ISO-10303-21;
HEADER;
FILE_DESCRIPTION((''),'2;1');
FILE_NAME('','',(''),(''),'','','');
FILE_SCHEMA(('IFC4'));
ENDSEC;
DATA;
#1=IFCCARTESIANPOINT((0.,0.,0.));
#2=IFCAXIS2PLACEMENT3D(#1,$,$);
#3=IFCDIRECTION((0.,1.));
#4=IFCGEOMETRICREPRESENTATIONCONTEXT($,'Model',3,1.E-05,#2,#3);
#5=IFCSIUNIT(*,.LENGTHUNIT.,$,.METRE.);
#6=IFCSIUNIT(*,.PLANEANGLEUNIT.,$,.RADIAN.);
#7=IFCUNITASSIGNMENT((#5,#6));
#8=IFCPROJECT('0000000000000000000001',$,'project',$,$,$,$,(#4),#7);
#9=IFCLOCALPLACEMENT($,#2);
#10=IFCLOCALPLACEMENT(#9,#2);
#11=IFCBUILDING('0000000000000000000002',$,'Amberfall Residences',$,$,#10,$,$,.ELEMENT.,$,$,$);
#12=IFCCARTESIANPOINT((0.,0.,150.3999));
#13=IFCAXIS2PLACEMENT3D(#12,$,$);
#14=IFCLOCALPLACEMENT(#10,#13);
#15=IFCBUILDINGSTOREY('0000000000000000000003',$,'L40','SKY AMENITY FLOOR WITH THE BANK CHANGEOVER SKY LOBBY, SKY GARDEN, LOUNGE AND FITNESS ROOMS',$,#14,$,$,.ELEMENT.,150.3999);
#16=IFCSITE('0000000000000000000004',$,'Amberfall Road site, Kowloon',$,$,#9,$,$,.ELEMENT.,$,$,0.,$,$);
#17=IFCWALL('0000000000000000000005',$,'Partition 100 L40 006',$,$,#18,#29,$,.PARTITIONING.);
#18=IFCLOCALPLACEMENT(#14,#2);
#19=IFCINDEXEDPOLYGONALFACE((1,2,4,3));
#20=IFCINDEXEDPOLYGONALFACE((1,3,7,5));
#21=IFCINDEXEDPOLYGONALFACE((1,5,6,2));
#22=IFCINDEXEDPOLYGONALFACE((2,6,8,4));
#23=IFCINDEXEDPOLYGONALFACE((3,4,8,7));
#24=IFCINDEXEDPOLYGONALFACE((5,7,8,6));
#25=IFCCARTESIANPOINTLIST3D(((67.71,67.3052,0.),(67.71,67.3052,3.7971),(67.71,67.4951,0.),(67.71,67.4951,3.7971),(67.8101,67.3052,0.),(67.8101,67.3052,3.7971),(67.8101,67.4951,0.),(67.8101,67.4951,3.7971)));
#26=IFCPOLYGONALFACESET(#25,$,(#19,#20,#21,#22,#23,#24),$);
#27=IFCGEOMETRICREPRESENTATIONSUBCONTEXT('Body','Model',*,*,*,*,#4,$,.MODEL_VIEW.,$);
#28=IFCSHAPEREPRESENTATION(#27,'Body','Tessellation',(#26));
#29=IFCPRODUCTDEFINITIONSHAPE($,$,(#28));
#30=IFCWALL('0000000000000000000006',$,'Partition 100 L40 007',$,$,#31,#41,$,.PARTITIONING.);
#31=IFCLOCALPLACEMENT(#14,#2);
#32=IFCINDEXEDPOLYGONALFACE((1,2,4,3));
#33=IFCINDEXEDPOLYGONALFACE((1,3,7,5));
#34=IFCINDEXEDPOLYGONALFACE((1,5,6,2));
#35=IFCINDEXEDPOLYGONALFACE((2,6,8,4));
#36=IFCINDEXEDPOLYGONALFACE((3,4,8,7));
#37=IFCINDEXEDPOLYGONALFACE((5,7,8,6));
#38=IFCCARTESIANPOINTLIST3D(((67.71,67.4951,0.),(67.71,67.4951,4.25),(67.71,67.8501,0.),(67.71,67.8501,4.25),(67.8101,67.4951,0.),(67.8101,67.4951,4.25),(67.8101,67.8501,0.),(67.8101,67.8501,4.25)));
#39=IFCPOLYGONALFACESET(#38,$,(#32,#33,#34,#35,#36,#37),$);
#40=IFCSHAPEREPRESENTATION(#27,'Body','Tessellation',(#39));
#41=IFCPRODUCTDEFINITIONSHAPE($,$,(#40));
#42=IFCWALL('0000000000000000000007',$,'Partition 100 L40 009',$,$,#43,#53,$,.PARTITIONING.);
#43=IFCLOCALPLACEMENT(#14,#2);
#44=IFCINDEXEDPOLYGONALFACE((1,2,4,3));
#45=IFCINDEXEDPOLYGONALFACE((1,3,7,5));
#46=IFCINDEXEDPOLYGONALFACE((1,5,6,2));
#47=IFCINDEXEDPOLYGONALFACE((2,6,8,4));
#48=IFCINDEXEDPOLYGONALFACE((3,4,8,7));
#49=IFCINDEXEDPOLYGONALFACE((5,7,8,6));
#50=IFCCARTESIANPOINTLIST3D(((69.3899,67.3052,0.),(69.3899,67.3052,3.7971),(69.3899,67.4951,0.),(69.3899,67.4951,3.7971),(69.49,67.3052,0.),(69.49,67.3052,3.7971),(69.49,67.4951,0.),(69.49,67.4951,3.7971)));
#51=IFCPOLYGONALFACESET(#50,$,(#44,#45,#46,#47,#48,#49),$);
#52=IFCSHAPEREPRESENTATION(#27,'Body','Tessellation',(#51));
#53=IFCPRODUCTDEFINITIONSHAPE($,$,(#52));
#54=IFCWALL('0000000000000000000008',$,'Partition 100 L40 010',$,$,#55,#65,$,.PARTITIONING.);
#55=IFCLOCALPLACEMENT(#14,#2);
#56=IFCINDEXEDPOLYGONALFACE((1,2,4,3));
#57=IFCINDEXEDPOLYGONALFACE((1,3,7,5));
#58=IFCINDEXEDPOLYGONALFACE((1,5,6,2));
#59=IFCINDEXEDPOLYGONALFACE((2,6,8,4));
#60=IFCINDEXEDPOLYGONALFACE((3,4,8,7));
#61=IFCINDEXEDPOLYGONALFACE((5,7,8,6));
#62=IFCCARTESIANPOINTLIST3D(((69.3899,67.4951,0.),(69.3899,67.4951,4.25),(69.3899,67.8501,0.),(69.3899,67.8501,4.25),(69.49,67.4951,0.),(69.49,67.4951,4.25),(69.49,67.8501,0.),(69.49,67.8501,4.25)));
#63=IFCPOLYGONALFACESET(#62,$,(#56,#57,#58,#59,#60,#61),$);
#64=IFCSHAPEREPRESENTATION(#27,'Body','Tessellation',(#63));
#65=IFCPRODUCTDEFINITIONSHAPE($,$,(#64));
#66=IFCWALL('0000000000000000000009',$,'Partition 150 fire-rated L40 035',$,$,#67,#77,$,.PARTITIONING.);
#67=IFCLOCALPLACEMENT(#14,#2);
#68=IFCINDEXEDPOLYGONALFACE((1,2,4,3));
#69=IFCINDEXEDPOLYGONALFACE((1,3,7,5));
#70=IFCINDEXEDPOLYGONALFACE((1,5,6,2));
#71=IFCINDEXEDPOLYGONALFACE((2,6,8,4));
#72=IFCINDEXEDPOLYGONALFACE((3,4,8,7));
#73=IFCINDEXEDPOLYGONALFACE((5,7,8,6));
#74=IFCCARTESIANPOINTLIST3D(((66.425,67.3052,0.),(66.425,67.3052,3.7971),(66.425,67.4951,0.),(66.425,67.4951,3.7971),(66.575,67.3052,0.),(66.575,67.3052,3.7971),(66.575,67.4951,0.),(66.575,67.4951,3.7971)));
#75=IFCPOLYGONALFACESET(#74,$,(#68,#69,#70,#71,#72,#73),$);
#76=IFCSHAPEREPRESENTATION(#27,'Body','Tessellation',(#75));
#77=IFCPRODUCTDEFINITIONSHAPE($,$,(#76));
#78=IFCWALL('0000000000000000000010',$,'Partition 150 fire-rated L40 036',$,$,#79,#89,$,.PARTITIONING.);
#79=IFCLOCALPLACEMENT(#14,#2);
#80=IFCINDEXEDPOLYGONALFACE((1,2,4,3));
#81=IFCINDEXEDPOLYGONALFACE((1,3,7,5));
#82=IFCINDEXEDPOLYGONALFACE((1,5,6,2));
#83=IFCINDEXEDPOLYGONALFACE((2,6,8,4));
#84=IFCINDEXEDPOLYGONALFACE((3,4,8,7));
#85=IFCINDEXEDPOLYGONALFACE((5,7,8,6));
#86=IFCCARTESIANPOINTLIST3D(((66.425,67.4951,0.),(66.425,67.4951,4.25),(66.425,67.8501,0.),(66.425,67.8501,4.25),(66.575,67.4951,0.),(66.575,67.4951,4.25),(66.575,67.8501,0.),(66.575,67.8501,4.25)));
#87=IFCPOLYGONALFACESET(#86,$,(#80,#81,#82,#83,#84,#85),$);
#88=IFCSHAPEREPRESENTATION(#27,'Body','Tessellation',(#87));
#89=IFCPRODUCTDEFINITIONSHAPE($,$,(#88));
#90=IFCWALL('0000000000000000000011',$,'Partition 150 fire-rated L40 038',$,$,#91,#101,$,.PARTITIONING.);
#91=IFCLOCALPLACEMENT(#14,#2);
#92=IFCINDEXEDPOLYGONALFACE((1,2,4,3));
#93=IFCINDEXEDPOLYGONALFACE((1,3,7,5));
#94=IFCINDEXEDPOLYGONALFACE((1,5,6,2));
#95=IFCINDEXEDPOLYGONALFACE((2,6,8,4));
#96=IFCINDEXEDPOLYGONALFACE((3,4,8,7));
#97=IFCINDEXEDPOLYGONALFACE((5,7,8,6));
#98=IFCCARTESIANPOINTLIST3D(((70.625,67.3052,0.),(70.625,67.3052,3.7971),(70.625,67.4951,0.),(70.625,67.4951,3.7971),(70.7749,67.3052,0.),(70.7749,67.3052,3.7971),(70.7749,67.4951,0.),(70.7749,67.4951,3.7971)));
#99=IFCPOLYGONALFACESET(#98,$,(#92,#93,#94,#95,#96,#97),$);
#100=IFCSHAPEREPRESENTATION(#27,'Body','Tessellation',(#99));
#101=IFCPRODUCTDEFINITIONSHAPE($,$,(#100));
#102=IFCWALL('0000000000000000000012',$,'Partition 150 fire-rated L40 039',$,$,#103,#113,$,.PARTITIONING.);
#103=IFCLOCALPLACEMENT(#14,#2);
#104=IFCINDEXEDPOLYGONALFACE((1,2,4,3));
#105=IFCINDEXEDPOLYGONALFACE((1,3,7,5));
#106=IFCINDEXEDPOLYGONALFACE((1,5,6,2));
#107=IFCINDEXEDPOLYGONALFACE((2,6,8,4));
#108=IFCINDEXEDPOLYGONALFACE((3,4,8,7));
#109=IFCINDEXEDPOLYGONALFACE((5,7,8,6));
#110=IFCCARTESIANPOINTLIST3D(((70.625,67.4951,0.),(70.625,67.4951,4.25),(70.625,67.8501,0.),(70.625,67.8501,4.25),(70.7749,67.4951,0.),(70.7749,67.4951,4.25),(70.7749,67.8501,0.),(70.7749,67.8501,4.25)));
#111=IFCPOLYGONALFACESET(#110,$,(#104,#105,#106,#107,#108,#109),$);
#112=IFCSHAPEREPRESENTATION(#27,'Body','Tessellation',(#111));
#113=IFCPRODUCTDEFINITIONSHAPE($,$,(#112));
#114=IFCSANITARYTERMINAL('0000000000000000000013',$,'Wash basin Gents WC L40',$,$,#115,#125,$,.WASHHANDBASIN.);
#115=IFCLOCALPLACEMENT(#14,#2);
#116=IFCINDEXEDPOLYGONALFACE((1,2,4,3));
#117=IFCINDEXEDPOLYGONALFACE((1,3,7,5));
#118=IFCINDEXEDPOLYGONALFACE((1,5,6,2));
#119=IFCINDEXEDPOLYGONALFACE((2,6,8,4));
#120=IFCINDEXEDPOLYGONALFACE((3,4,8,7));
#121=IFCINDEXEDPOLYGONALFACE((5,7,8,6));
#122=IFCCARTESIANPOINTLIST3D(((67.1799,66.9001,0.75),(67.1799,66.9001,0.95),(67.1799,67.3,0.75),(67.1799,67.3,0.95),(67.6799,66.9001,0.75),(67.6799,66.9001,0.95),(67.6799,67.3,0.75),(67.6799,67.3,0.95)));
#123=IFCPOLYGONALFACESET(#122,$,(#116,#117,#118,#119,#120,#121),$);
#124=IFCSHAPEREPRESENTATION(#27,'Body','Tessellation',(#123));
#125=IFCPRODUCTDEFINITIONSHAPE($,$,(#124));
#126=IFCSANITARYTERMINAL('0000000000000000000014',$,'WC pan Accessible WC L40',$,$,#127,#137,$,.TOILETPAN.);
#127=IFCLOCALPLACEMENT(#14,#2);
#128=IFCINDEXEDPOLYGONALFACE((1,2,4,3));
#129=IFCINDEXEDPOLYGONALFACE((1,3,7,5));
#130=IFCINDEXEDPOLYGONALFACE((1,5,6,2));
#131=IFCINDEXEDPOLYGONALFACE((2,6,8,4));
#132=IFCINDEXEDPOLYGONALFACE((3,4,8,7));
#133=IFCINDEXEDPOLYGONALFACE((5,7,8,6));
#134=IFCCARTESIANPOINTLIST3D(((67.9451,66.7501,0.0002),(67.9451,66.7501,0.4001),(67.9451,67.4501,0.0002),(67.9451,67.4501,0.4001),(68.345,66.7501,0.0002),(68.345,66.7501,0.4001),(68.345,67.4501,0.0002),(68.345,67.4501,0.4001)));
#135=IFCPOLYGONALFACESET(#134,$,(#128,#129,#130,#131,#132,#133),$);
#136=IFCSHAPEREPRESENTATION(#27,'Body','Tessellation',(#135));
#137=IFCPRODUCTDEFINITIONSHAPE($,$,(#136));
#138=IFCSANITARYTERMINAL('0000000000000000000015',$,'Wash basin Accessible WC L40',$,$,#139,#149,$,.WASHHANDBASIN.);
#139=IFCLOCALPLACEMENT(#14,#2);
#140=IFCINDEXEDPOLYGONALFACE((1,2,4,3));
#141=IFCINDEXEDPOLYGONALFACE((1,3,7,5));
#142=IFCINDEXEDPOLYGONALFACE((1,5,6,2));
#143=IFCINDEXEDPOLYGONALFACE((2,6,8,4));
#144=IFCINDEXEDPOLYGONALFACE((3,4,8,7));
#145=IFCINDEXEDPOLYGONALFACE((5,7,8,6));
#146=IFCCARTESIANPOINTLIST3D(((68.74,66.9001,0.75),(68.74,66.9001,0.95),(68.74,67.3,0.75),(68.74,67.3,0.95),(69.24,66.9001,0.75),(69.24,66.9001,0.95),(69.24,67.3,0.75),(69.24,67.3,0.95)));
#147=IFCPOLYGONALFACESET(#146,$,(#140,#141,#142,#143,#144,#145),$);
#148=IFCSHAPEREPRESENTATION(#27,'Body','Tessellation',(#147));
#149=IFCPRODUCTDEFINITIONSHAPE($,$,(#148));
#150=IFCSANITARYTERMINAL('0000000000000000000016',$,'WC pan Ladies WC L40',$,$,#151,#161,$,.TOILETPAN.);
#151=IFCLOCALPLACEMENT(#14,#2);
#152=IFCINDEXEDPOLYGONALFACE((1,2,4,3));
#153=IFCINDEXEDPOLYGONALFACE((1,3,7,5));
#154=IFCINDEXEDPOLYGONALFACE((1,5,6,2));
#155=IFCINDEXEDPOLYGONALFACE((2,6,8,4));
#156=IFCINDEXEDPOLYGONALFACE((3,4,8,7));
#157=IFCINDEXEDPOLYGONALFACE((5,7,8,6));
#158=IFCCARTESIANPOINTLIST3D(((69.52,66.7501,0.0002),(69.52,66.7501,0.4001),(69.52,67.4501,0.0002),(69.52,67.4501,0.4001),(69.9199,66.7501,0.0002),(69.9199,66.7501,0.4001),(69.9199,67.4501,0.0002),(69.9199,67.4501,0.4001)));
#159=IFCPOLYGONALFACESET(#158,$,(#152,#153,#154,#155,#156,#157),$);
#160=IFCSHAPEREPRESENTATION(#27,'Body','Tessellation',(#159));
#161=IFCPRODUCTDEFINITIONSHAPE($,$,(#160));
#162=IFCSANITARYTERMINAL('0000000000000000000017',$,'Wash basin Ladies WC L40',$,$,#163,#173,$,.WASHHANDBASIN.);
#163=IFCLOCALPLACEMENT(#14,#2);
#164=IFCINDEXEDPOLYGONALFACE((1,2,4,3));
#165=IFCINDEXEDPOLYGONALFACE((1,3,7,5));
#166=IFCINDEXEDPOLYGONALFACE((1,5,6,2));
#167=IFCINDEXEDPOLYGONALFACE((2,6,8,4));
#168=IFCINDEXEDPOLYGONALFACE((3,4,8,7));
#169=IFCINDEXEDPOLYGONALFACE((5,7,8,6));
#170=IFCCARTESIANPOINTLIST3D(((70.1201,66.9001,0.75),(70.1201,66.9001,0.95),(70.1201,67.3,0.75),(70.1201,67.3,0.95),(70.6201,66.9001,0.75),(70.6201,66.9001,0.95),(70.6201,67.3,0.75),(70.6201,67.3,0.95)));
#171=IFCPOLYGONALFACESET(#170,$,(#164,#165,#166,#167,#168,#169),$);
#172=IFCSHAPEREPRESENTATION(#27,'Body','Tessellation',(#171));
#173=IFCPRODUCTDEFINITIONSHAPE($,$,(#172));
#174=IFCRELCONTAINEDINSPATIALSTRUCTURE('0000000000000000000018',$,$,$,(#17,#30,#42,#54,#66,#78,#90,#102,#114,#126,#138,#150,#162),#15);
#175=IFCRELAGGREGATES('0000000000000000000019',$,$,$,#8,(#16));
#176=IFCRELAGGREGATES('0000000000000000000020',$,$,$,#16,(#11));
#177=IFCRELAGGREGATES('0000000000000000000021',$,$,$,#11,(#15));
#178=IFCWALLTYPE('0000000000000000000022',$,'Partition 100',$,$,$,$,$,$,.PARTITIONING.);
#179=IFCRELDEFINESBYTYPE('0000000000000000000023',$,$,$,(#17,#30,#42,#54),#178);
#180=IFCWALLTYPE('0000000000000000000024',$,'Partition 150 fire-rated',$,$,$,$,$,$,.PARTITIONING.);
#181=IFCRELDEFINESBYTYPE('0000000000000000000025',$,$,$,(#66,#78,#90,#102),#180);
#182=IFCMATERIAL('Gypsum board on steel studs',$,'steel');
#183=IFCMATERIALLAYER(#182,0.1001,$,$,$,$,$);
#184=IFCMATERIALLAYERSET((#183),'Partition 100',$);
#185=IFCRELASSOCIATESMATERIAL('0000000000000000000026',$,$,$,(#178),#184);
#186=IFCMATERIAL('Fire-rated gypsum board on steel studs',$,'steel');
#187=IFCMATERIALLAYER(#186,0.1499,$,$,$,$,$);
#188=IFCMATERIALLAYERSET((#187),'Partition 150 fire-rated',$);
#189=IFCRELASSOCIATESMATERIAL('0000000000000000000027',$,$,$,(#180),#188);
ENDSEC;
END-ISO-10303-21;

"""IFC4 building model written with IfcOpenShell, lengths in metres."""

from ifc_helpers import new_model, si_unit, direction, frame, frame_2d, origin, origin_2d, place, context, subcontext, project, spatial, rectangle, extrude, material, layer, layer_set, type_object, element, save


model = new_model("IFC4")

# Units and contexts
model_context = context("Model", 3, precision=1e-05, world=origin(), true_north=direction((0.0, 1.0)))
body_context = subcontext(model_context, "Body", "Model", "MODEL_VIEW")
ifc_project = project(units=[si_unit("LENGTHUNIT", "METRE"), si_unit("PLANEANGLEUNIT", "RADIAN")], contexts=[model_context])

# Site, building, storey
site_placement = place(None, origin())
site = spatial("IfcSite", under=ifc_project, at=site_placement, Name="Amberfall Road site, Kowloon", CompositionType="ELEMENT", RefElevation=0.0)
building_placement = place(site_placement, origin())
building = spatial("IfcBuilding", under=site, at=building_placement, Name="Amberfall Residences", CompositionType="ELEMENT")
storey_placement = place(building_placement, frame((0.0, 0.0, 150.3999)))
storey = spatial("IfcBuildingStorey", under=building, at=storey_placement, Name="L40", Description="SKY AMENITY FLOOR WITH THE BANK CHANGEOVER SKY LOBBY, SKY GARDEN, LOUNGE AND FITNESS ROOMS", CompositionType="ELEMENT", Elevation=150.3999)

# Walls
ifc_material_1 = material(Name="Gypsum board on steel studs", Category="steel")
ifc_layer_1 = layer(ifc_material_1, 0.1001)
ifc_layer_set_1 = layer_set([ifc_layer_1], Name="Partition 100")
wall_type_1 = type_object("IfcWallType", Name="Partition 100", PredefinedType="PARTITIONING", material=ifc_layer_set_1)
wall_1_placement = place(storey_placement, frame((67.76, 67.3052, 0.0), z_axis=(0.0, 0.0, 1.0), x_axis=(0.0, 1.0, 0.0)))
element("IfcWall", 1, at=wall_1_placement, inside=storey, type_object=wall_type_1, Name="Partition 100 L40 006", PredefinedType="PARTITIONING", context=body_context, shape_type="SweptSolid", body=[
    extrude(rectangle(XDim=0.1899, YDim=0.1001, at=frame_2d((0.095, 0.0))), origin(), (0.0, 0.0, 1.0), 3.7971),
])
wall_2_placement = place(storey_placement, frame((67.76, 67.4951, 0.0), z_axis=(0.0, 0.0, 1.0), x_axis=(0.0, 1.0, 0.0)))
element("IfcWall", 2, at=wall_2_placement, inside=storey, type_object=wall_type_1, Name="Partition 100 L40 007", PredefinedType="PARTITIONING", context=body_context, shape_type="SweptSolid", body=[
    extrude(rectangle(XDim=0.355, YDim=0.1001, at=frame_2d((0.1775, 0.0))), origin(), (0.0, 0.0, 1.0), 4.25),
])
wall_3_placement = place(storey_placement, frame((69.4399, 67.3052, 0.0), z_axis=(0.0, 0.0, 1.0), x_axis=(0.0, 1.0, 0.0)))
element("IfcWall", 3, at=wall_3_placement, inside=storey, type_object=wall_type_1, Name="Partition 100 L40 009", PredefinedType="PARTITIONING", context=body_context, shape_type="SweptSolid", body=[
    extrude(rectangle(XDim=0.1899, YDim=0.1001, at=frame_2d((0.095, 0.0))), origin(), (0.0, 0.0, 1.0), 3.7971),
])
wall_4_placement = place(storey_placement, frame((69.4399, 67.4951, 0.0), z_axis=(0.0, 0.0, 1.0), x_axis=(0.0, 1.0, 0.0)))
element("IfcWall", 4, at=wall_4_placement, inside=storey, type_object=wall_type_1, Name="Partition 100 L40 010", PredefinedType="PARTITIONING", context=body_context, shape_type="SweptSolid", body=[
    extrude(rectangle(XDim=0.355, YDim=0.1001, at=frame_2d((0.1775, 0.0))), origin(), (0.0, 0.0, 1.0), 4.25),
])
ifc_material_2 = material(Name="Fire-rated gypsum board on steel studs", Category="steel")
ifc_layer_2 = layer(ifc_material_2, 0.1499)
ifc_layer_set_2 = layer_set([ifc_layer_2], Name="Partition 150 fire-rated")
wall_type_2 = type_object("IfcWallType", Name="Partition 150 fire-rated", PredefinedType="PARTITIONING", material=ifc_layer_set_2)
wall_5_placement = place(storey_placement, frame((66.5, 67.3052, 0.0), z_axis=(0.0, 0.0, 1.0), x_axis=(0.0, 1.0, 0.0)))
element("IfcWall", 5, at=wall_5_placement, inside=storey, type_object=wall_type_2, Name="Partition 150 fire-rated L40 035", PredefinedType="PARTITIONING", context=body_context, shape_type="SweptSolid", body=[
    extrude(rectangle(XDim=0.1899, YDim=0.1499, at=frame_2d((0.095, 0.0))), origin(), (0.0, 0.0, 1.0), 3.7971),
])
wall_6_placement = place(storey_placement, frame((66.5, 67.4951, 0.0), z_axis=(0.0, 0.0, 1.0), x_axis=(0.0, 1.0, 0.0)))
element("IfcWall", 6, at=wall_6_placement, inside=storey, type_object=wall_type_2, Name="Partition 150 fire-rated L40 036", PredefinedType="PARTITIONING", context=body_context, shape_type="SweptSolid", body=[
    extrude(rectangle(XDim=0.355, YDim=0.1499, at=frame_2d((0.1775, 0.0))), origin(), (0.0, 0.0, 1.0), 4.25),
])
wall_7_placement = place(storey_placement, frame((70.7, 67.3052, 0.0), z_axis=(0.0, 0.0, 1.0), x_axis=(0.0, 1.0, 0.0)))
element("IfcWall", 7, at=wall_7_placement, inside=storey, type_object=wall_type_2, Name="Partition 150 fire-rated L40 038", PredefinedType="PARTITIONING", context=body_context, shape_type="SweptSolid", body=[
    extrude(rectangle(XDim=0.1899, YDim=0.1499, at=frame_2d((0.095, 0.0))), origin(), (0.0, 0.0, 1.0), 3.7971),
])
wall_8_placement = place(storey_placement, frame((70.7, 67.4951, 0.0), z_axis=(0.0, 0.0, 1.0), x_axis=(0.0, 1.0, 0.0)))
element("IfcWall", 8, at=wall_8_placement, inside=storey, type_object=wall_type_2, Name="Partition 150 fire-rated L40 039", PredefinedType="PARTITIONING", context=body_context, shape_type="SweptSolid", body=[
    extrude(rectangle(XDim=0.355, YDim=0.1499, at=frame_2d((0.1775, 0.0))), origin(), (0.0, 0.0, 1.0), 4.25),
])

# Sanitary terminals
sanitary_terminal_1_placement = place(storey_placement, frame((67.4299, 67.1001, 0.75), z_axis=(0.0, 0.0, 1.0), x_axis=(1.0, 0.0, 0.0)))
element("IfcSanitaryTerminal", 9, at=sanitary_terminal_1_placement, inside=storey, Name="Wash basin Gents WC L40", PredefinedType="WASHHANDBASIN", context=body_context, shape_type="SweptSolid", body=[
    extrude(rectangle(XDim=0.5, YDim=0.3999, at=origin_2d()), origin(), (0.0, 0.0, 1.0), 0.2),
])
sanitary_terminal_2_placement = place(storey_placement, frame((68.145, 67.1001, 0.0002), z_axis=(0.0, 0.0, 1.0), x_axis=(1.0, 0.0, 0.0)))
element("IfcSanitaryTerminal", 10, at=sanitary_terminal_2_placement, inside=storey, Name="WC pan Accessible WC L40", PredefinedType="TOILETPAN", context=body_context, shape_type="SweptSolid", body=[
    extrude(rectangle(XDim=0.3999, YDim=0.7, at=origin_2d()), origin(), (0.0, 0.0, 1.0), 0.3999),
])
sanitary_terminal_3_placement = place(storey_placement, frame((68.99, 67.1001, 0.75), z_axis=(0.0, 0.0, 1.0), x_axis=(1.0, 0.0, 0.0)))
element("IfcSanitaryTerminal", 11, at=sanitary_terminal_3_placement, inside=storey, Name="Wash basin Accessible WC L40", PredefinedType="WASHHANDBASIN", context=body_context, shape_type="SweptSolid", body=[
    extrude(rectangle(XDim=0.5, YDim=0.3999, at=origin_2d()), origin(), (0.0, 0.0, 1.0), 0.2),
])
sanitary_terminal_4_placement = place(storey_placement, frame((69.72, 67.1001, 0.0002), z_axis=(0.0, 0.0, 1.0), x_axis=(1.0, 0.0, 0.0)))
element("IfcSanitaryTerminal", 12, at=sanitary_terminal_4_placement, inside=storey, Name="WC pan Ladies WC L40", PredefinedType="TOILETPAN", context=body_context, shape_type="SweptSolid", body=[
    extrude(rectangle(XDim=0.3999, YDim=0.7, at=origin_2d()), origin(), (0.0, 0.0, 1.0), 0.3999),
])
sanitary_terminal_5_placement = place(storey_placement, frame((70.3701, 67.1001, 0.75), z_axis=(0.0, 0.0, 1.0), x_axis=(1.0, 0.0, 0.0)))
element("IfcSanitaryTerminal", 13, at=sanitary_terminal_5_placement, inside=storey, Name="Wash basin Ladies WC L40", PredefinedType="WASHHANDBASIN", context=body_context, shape_type="SweptSolid", body=[
    extrude(rectangle(XDim=0.5, YDim=0.3999, at=origin_2d()), origin(), (0.0, 0.0, 1.0), 0.2),
])

save(model, "model.ifc")
